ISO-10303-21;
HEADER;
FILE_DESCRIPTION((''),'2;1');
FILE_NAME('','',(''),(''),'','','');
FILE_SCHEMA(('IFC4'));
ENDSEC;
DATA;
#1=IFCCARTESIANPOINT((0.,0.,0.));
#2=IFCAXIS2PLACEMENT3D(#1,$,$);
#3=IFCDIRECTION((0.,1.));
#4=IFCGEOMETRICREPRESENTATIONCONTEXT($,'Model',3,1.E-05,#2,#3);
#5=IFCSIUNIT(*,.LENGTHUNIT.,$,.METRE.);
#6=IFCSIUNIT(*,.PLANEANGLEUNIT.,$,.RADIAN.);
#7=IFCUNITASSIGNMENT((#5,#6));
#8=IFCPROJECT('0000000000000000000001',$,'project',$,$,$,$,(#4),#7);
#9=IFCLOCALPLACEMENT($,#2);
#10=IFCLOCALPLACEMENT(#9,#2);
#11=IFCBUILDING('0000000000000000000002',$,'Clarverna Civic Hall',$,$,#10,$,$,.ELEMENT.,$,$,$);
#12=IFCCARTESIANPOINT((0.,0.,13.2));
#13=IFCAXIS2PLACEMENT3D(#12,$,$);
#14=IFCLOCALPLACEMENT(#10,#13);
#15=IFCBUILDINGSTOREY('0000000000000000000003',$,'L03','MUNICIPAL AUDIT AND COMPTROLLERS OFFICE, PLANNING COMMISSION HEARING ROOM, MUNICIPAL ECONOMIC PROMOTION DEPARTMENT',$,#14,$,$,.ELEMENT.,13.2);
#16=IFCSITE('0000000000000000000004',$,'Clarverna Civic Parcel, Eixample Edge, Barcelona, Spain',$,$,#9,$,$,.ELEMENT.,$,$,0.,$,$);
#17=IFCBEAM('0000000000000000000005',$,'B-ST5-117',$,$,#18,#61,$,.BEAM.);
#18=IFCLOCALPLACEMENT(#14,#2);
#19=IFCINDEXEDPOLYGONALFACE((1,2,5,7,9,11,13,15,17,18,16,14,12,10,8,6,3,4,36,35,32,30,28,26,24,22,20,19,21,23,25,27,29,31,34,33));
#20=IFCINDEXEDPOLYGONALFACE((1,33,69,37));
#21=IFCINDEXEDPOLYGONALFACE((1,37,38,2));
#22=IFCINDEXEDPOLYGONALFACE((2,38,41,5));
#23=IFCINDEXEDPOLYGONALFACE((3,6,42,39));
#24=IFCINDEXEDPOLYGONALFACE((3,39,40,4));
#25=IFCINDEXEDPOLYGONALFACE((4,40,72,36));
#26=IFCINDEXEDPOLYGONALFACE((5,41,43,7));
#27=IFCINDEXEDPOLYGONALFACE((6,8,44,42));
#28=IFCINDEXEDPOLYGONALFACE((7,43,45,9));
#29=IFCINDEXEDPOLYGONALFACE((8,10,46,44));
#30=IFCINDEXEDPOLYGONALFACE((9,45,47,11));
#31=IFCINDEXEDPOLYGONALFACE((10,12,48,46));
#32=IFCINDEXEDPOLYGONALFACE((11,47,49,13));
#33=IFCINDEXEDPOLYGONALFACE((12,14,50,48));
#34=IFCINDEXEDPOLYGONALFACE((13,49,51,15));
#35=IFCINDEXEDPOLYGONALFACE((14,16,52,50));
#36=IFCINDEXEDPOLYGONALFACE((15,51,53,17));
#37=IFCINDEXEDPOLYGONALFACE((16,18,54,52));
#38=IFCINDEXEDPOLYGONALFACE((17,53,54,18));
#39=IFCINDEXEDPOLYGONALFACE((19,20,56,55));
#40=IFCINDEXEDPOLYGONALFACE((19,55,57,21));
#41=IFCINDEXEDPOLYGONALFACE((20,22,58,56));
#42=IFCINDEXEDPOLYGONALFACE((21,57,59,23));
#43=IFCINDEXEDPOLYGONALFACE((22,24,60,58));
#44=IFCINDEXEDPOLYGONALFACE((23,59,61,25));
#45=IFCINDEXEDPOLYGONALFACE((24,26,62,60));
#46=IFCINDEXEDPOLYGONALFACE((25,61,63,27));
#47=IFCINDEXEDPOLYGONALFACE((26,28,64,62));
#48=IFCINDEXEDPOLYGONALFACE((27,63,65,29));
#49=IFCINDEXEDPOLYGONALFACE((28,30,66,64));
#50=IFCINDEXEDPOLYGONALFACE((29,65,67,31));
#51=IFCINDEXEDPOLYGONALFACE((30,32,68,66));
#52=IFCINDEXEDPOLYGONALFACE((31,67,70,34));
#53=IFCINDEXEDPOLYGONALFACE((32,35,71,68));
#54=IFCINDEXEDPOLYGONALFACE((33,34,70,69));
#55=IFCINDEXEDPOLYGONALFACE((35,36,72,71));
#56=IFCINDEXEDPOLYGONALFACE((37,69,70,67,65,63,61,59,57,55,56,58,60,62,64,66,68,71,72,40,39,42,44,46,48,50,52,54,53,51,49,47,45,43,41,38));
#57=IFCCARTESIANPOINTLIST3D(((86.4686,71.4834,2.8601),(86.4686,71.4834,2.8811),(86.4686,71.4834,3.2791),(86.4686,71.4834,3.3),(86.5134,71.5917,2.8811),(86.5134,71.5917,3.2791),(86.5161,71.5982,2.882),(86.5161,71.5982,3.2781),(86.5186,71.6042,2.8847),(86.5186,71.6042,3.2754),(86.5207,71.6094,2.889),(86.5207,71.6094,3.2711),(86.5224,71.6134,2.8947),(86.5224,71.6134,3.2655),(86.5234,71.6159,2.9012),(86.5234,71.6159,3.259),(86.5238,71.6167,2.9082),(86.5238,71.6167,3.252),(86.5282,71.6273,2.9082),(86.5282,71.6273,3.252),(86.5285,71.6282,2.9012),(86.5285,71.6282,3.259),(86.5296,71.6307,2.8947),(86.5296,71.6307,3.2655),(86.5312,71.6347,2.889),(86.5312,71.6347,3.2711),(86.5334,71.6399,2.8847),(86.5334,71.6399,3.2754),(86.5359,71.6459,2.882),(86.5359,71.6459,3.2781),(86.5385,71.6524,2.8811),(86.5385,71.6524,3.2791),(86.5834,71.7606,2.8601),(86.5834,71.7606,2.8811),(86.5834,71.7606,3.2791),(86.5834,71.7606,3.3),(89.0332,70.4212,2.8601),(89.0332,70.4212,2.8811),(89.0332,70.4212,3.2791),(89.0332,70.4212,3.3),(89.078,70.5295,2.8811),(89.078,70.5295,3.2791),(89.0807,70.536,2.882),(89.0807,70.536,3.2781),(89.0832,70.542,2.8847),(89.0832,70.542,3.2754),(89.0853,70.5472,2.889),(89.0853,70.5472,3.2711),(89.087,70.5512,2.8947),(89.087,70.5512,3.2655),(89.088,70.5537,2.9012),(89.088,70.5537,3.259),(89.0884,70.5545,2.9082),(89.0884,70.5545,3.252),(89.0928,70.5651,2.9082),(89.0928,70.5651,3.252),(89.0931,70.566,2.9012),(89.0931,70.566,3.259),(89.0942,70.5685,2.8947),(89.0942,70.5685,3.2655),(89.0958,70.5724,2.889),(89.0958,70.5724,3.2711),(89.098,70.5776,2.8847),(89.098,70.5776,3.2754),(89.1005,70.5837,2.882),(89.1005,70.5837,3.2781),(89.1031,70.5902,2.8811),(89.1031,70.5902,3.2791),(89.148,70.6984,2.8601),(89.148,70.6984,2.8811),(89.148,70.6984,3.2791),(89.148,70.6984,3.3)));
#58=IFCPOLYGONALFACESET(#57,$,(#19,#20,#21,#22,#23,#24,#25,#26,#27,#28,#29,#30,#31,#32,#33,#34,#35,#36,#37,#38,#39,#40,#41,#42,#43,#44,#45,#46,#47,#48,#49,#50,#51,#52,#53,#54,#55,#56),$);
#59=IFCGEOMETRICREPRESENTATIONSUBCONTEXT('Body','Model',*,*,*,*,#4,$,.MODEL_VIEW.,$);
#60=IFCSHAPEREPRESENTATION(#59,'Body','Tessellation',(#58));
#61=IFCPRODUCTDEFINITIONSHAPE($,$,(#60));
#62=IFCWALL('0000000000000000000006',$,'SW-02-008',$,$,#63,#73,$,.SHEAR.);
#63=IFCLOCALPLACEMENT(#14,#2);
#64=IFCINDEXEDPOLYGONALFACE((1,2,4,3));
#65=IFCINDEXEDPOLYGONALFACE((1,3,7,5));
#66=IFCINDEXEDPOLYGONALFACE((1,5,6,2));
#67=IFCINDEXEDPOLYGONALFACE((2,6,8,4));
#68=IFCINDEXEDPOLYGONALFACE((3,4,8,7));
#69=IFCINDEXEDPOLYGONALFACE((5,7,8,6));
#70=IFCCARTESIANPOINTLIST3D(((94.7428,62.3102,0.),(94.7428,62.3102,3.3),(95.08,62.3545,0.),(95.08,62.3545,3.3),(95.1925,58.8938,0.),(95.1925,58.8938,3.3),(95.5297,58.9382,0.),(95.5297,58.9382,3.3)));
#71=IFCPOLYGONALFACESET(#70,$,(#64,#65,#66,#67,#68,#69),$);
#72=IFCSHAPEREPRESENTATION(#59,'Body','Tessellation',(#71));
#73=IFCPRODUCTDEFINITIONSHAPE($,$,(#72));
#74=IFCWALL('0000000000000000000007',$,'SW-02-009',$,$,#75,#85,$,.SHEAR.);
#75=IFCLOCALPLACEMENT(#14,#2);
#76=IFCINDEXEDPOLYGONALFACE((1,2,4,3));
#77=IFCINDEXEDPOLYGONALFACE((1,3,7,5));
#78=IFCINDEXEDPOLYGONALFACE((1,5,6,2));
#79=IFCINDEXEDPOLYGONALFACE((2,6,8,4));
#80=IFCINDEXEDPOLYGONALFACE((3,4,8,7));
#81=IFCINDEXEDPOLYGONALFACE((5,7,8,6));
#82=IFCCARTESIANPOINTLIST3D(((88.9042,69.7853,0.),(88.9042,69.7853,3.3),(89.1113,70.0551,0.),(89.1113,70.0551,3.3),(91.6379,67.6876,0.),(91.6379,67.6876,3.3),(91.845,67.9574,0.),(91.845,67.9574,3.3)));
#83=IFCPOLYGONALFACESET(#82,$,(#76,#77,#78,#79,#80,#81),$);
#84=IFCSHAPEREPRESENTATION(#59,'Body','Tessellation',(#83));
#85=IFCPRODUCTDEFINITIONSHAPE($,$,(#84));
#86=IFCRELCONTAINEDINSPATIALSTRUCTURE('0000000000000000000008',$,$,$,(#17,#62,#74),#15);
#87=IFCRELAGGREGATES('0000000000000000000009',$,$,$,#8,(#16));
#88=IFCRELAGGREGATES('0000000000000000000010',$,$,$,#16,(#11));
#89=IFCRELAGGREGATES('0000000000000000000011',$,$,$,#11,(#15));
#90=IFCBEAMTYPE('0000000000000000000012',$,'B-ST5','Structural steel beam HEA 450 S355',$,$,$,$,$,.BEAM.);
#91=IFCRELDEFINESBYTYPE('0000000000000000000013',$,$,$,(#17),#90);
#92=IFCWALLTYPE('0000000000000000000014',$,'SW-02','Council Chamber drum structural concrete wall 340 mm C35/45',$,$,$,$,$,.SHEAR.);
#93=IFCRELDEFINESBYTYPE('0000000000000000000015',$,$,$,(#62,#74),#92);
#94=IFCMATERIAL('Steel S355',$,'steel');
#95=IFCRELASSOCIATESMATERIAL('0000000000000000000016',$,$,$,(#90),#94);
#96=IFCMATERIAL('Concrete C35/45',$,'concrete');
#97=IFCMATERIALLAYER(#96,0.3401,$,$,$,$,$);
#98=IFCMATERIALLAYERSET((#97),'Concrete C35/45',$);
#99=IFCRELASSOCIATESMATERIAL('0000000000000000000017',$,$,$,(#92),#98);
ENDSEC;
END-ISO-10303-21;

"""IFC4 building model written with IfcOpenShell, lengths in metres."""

from ifc_helpers import new_model, si_unit, direction, frame, frame_2d, origin, origin_2d, place, context, subcontext, project, spatial, rectangle, i_section, extrude, material, layer, layer_set, material_profile, profile_set, type_object, element, save


model = new_model("IFC4")

# Units and contexts
model_context = context("Model", 3, precision=1e-05, world=origin(), true_north=direction((0.0, 1.0)))
body_context = subcontext(model_context, "Body", "Model", "MODEL_VIEW")
ifc_project = project(units=[si_unit("LENGTHUNIT", "METRE"), si_unit("PLANEANGLEUNIT", "RADIAN")], contexts=[model_context])

# Site, building, storey
site_placement = place(None, origin())
site = spatial("IfcSite", under=ifc_project, at=site_placement, Name="Clarverna Civic Parcel, Eixample Edge, Barcelona, Spain", CompositionType="ELEMENT", RefElevation=0.0)
building_placement = place(site_placement, origin())
building = spatial("IfcBuilding", under=site, at=building_placement, Name="Clarverna Civic Hall", CompositionType="ELEMENT")
storey_placement = place(building_placement, frame((0.0, 0.0, 13.2)))
storey = spatial("IfcBuildingStorey", under=building, at=storey_placement, Name="L03", Description="MUNICIPAL AUDIT AND COMPTROLLERS OFFICE, PLANNING COMMISSION HEARING ROOM, MUNICIPAL ECONOMIC PROMOTION DEPARTMENT", CompositionType="ELEMENT", Elevation=13.2)

# Shared definitions
ifc_material_1 = material(Name="Concrete C35/45", Category="concrete")

# Beam
ifc_material_2 = material(Name="Steel S355", Category="steel")
ifc_material_profile_1 = material_profile(ifc_material_2, i_section(OverallWidth=0.3, OverallDepth=0.4399, WebThickness=0.0115, FlangeThickness=0.021, FilletRadius=0.0271, at=origin_2d()), Name="HEA 450")
ifc_profile_set_1 = profile_set([ifc_material_profile_1], Name="Steel S355")
beam_type = type_object("IfcBeamType", Name="B-ST5", Description="Structural steel beam HEA 450 S355", PredefinedType="BEAM", material=ifc_profile_set_1)
for number, where, z_axis, x_axis, name in (
    (1, (89.0906, 70.5598, 3.0801), (-0.923889, 0.38266, 0.0), (-0.38266, -0.923889, 0.0), "B-ST5-117"),
):
    element("IfcBeam", number, at=place(storey_placement, frame(where, z_axis=z_axis, x_axis=x_axis)), inside=storey, type_object=beam_type, Name=name, PredefinedType="BEAM", context=body_context, shape_type="SweptSolid", body=[
        extrude(i_section(OverallWidth=0.3, OverallDepth=0.4399, WebThickness=0.0115, FlangeThickness=0.021, FilletRadius=0.0271, at=origin_2d()), origin(), (0.0, 0.0, 1.0), 2.7759),
    ])

# Walls
ifc_layer = layer(ifc_material_1, 0.3401)
ifc_layer_set = layer_set([ifc_layer], Name="Concrete C35/45")
wall_type = type_object("IfcWallType", Name="SW-02", Description="Council Chamber drum structural concrete wall 340 mm C35/45", PredefinedType="SHEAR", material=ifc_layer_set)
for number, where, z_axis, x_axis, name in (
    (2, (95.3611, 58.916, 0.0), (0.0, 0.0, 1.0), (-0.130511, 0.991447, 0.0), "SW-02-008"),
    (3, (91.7415, 67.8225, 0.0), (0.0, 0.0, 1.0), (-0.793345, 0.608772, 0.0), "SW-02-009"),
):
    element("IfcWall", number, at=place(storey_placement, frame(where, z_axis=z_axis, x_axis=x_axis)), inside=storey, type_object=wall_type, Name=name, PredefinedType="SHEAR", context=body_context, shape_type="SweptSolid", body=[
        extrude(rectangle(XDim=3.4458, YDim=0.3401, at=frame_2d((1.7229, 0.0))), origin(), (0.0, 0.0, 1.0), 3.3),
    ])

save(model, "model.ifc")
